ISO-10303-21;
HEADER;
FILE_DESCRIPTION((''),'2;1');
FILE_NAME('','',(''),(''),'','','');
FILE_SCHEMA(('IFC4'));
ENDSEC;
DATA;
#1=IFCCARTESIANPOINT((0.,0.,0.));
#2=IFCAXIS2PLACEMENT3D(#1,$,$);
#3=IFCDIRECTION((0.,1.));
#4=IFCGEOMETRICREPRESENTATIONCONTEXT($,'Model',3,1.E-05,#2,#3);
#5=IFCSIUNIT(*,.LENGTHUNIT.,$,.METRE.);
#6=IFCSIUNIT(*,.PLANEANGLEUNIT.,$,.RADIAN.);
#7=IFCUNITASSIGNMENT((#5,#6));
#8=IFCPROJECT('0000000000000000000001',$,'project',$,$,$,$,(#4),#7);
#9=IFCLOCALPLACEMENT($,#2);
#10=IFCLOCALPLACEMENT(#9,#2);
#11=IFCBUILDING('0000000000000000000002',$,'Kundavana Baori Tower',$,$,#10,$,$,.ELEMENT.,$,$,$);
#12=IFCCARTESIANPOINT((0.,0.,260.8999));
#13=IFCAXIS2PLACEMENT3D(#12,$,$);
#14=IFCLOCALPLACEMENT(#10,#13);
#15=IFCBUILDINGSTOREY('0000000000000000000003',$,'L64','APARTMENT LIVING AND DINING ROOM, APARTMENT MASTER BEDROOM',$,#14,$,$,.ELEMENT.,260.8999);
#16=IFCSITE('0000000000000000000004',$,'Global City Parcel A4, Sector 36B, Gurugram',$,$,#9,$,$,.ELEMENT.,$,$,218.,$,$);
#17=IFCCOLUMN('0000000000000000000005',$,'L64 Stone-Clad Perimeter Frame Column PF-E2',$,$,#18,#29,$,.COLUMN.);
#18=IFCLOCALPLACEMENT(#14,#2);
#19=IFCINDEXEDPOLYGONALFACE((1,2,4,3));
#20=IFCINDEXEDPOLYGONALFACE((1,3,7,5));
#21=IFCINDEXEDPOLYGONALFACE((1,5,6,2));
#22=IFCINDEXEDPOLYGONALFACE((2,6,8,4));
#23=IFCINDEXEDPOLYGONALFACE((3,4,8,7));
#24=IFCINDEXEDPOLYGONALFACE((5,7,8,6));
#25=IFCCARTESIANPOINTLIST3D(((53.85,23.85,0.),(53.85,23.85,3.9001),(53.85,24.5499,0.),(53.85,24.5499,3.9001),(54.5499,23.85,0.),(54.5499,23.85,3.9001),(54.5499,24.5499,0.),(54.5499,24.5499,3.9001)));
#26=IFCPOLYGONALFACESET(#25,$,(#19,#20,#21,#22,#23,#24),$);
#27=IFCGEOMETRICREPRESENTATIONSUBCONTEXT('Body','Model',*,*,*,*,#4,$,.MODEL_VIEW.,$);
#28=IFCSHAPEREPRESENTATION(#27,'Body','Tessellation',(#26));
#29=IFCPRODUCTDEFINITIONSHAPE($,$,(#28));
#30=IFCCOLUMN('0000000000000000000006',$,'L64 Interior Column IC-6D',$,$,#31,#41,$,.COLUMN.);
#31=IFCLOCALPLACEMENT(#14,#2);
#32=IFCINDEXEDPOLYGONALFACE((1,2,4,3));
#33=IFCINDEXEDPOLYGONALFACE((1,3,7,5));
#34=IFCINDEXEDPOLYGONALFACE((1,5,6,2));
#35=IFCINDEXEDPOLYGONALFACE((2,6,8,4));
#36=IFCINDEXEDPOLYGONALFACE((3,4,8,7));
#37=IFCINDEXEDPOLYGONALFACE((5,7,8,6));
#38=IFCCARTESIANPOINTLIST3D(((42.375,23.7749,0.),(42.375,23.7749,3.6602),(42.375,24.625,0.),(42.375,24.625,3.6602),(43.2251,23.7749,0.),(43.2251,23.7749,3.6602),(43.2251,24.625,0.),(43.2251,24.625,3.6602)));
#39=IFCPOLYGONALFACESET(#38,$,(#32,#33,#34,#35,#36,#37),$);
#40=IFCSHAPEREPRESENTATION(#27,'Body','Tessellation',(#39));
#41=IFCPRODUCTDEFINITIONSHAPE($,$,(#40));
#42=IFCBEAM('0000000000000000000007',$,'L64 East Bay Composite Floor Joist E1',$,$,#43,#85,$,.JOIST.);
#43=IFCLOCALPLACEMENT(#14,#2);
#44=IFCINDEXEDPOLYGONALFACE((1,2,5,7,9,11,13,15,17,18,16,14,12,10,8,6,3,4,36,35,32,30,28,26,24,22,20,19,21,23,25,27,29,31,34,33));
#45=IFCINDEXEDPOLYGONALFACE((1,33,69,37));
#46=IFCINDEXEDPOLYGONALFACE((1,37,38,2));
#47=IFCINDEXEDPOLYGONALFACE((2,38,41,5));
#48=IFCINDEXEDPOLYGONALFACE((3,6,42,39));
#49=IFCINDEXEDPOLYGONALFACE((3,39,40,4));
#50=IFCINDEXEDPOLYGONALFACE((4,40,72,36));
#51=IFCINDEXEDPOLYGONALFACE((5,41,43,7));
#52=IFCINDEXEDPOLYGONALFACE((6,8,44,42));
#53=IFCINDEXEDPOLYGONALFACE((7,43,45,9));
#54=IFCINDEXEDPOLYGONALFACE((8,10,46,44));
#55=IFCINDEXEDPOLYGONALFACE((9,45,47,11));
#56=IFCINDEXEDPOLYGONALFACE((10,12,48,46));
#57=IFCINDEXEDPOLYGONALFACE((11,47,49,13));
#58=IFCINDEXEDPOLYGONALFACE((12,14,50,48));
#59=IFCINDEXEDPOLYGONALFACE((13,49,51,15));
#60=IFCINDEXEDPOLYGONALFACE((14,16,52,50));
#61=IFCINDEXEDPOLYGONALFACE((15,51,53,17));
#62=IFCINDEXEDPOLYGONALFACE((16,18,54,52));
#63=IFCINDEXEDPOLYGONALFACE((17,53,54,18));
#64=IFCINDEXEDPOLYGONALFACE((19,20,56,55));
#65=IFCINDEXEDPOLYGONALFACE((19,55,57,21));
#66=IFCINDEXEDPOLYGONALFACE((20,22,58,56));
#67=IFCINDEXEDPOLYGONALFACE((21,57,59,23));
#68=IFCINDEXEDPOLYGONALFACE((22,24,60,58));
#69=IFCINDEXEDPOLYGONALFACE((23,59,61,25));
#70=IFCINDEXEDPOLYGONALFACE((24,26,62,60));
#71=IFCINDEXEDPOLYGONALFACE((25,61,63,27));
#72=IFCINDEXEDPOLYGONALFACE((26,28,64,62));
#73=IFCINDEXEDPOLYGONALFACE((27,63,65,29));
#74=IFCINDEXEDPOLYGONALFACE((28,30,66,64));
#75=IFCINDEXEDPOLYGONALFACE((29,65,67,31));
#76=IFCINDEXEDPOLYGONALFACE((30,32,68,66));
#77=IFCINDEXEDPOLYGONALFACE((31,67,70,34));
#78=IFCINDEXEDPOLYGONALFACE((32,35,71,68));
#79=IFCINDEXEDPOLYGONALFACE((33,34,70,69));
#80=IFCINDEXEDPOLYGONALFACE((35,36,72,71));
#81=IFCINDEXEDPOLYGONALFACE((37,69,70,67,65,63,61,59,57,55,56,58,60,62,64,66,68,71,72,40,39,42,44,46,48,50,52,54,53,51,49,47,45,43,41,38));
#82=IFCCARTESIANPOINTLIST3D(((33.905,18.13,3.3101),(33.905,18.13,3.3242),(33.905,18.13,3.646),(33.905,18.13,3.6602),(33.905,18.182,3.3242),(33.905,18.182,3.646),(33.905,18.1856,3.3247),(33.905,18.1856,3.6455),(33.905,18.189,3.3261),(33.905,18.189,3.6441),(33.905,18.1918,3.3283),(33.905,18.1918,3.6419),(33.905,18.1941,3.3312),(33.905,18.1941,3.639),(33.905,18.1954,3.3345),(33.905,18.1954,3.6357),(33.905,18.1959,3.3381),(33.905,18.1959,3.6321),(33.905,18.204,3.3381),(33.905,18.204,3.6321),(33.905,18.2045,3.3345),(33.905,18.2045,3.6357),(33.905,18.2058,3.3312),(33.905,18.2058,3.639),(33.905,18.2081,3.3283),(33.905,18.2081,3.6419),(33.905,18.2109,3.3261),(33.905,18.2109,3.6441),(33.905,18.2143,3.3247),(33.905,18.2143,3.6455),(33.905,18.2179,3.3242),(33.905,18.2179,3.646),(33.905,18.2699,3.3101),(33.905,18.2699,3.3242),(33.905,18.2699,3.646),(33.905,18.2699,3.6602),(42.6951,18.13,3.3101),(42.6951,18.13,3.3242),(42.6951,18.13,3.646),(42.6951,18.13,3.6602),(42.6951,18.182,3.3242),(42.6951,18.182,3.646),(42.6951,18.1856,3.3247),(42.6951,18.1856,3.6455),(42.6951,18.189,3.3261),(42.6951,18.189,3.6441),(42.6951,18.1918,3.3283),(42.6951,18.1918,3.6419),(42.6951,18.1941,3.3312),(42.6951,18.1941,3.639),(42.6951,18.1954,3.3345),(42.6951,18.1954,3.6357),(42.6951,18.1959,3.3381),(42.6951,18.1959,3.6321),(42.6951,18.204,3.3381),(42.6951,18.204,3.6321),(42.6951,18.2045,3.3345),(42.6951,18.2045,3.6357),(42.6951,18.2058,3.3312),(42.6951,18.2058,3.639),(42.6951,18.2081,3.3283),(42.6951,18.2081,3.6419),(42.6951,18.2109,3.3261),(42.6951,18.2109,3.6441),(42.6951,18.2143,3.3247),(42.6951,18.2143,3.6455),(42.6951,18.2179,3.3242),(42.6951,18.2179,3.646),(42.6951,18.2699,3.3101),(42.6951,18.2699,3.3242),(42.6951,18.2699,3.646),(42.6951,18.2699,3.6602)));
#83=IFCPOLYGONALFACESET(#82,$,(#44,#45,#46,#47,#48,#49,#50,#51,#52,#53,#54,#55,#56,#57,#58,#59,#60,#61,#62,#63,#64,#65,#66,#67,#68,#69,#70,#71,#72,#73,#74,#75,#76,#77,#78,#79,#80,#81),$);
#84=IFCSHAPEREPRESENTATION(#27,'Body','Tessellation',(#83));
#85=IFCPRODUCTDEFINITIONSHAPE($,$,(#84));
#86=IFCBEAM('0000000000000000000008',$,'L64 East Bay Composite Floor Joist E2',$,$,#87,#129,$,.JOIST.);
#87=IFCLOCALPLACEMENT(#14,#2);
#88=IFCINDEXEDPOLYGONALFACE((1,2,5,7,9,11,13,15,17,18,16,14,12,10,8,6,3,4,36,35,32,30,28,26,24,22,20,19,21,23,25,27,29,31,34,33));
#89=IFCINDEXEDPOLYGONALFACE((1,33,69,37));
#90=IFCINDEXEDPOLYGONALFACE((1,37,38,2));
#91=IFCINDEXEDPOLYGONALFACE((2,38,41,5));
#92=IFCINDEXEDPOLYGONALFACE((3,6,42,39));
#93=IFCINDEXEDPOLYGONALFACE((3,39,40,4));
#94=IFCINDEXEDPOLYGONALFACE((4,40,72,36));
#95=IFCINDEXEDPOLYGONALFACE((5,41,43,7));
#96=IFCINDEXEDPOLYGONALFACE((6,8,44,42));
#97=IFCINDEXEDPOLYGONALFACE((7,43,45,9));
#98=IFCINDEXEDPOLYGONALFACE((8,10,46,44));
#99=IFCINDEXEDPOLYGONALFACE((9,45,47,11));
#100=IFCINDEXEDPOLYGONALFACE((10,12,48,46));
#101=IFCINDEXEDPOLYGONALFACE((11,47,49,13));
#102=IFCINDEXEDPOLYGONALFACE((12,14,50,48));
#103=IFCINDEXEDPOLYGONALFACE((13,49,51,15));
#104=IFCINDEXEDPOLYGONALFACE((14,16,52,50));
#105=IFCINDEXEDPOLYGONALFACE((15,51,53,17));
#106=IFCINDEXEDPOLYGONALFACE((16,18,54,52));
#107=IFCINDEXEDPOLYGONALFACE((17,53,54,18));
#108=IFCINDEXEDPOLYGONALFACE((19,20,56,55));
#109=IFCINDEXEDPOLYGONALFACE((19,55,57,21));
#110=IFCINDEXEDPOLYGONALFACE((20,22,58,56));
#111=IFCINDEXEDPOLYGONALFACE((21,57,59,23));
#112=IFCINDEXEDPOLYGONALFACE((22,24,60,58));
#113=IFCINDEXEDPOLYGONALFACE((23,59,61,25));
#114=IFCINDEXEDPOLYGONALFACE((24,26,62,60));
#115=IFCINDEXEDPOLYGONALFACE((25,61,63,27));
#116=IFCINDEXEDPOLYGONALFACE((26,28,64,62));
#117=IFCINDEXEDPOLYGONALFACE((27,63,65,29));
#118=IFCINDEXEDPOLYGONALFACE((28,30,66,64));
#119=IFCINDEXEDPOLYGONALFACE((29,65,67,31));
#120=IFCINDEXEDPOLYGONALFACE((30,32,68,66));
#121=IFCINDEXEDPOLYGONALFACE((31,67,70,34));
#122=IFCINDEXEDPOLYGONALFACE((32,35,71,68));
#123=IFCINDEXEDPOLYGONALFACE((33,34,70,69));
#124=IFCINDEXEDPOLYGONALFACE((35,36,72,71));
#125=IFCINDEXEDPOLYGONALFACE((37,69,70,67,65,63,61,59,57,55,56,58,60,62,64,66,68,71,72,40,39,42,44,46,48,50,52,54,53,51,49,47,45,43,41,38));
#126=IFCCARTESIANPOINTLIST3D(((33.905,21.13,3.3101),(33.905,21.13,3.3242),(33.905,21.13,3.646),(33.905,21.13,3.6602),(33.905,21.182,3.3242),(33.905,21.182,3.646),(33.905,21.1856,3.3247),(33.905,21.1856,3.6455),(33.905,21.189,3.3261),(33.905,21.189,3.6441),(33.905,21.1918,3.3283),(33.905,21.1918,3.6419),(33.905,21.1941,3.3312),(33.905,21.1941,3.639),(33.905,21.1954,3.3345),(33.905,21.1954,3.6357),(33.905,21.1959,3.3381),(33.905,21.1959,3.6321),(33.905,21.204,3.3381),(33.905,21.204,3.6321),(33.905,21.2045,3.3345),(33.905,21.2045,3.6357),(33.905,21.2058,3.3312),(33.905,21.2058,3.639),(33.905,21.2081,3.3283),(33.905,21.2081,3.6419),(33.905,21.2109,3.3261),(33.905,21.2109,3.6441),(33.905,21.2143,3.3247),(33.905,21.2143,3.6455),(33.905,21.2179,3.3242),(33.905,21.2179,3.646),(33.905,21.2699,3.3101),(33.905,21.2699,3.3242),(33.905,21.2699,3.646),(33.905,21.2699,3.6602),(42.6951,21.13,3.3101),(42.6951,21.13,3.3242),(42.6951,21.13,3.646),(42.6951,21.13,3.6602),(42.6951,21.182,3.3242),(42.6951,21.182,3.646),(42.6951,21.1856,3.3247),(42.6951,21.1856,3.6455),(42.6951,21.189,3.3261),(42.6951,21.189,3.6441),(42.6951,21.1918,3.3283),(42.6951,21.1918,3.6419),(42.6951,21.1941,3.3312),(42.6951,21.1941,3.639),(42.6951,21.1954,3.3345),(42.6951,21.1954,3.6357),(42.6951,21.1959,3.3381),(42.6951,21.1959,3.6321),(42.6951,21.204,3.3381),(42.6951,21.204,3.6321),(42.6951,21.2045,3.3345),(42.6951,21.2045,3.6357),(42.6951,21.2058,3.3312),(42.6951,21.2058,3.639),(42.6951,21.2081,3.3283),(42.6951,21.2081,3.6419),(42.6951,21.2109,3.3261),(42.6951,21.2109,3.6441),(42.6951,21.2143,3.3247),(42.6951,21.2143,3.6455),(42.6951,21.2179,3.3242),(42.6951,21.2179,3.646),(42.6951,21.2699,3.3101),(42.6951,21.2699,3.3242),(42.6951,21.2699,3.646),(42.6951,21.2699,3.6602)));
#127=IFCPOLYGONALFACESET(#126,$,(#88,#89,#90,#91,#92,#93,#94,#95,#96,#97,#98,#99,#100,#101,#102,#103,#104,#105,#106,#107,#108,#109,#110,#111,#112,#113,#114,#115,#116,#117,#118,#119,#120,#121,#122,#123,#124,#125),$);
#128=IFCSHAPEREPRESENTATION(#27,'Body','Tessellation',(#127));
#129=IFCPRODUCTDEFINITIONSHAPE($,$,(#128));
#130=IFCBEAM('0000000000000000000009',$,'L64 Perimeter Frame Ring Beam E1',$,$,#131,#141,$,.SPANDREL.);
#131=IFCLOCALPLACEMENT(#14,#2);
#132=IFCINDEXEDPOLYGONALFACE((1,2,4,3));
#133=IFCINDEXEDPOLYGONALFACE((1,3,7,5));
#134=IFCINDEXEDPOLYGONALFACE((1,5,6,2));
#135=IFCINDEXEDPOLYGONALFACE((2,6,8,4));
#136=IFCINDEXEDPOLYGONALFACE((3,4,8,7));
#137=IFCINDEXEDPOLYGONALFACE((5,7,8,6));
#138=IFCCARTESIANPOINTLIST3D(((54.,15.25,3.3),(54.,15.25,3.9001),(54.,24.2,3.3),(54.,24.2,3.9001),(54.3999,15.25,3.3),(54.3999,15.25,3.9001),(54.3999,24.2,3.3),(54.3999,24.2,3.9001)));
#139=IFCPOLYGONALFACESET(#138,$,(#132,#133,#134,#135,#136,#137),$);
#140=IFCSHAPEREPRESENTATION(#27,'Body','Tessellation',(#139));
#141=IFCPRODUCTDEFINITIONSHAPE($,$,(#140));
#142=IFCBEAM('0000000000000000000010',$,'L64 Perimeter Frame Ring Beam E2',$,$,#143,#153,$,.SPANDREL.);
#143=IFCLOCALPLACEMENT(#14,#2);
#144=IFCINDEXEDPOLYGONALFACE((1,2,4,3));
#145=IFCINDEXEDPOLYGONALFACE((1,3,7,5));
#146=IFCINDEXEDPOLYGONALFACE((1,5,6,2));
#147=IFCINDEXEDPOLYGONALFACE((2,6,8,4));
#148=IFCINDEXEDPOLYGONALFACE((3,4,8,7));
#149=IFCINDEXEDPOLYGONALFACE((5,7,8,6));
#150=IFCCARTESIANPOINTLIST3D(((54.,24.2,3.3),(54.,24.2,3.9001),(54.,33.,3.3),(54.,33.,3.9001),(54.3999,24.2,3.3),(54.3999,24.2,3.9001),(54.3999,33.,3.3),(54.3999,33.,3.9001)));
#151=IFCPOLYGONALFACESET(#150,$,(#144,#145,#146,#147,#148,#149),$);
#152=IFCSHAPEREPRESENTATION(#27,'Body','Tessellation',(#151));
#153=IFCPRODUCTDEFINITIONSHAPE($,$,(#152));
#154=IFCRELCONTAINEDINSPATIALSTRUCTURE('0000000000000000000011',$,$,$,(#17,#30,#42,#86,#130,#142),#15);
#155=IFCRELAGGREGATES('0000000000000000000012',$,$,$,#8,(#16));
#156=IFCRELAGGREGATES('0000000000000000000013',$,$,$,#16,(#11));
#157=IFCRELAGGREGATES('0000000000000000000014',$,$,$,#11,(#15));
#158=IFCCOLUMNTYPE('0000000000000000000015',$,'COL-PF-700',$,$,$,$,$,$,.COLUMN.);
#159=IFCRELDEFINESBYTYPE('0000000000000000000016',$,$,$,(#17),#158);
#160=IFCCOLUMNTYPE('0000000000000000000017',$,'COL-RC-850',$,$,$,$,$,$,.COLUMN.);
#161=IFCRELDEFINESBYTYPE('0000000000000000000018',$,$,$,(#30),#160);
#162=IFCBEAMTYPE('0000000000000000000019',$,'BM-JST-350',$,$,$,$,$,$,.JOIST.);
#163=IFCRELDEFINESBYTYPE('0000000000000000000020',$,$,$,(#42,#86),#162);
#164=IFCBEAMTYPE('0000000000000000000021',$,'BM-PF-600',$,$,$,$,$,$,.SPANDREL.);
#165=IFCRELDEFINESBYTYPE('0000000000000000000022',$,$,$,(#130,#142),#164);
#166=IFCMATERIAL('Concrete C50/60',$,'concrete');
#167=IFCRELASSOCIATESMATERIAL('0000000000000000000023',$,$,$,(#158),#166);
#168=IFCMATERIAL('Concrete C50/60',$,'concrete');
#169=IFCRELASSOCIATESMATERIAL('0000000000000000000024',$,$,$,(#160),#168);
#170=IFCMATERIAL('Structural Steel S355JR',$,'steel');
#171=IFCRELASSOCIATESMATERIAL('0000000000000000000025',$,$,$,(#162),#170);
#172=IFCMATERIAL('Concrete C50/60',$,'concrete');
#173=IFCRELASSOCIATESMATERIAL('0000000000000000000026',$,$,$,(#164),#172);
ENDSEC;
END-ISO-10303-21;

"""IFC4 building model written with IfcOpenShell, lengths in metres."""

from ifc_helpers import new_model, si_unit, direction, frame, origin, origin_2d, place, context, subcontext, project, spatial, rectangle, i_section, extrude, material, material_profile, profile_set, type_object, element, save


model = new_model("IFC4")

# Units and contexts
model_context = context("Model", 3, precision=1e-05, world=origin(), true_north=direction((0.0, 1.0)))
body_context = subcontext(model_context, "Body", "Model", "MODEL_VIEW")
ifc_project = project(units=[si_unit("LENGTHUNIT", "METRE"), si_unit("PLANEANGLEUNIT", "RADIAN")], contexts=[model_context])

# Site, building, storey
site_placement = place(None, origin())
site = spatial("IfcSite", under=ifc_project, at=site_placement, Name="Global City Parcel A4, Sector 36B, Gurugram", CompositionType="ELEMENT", RefElevation=218.0)
building_placement = place(site_placement, origin())
building = spatial("IfcBuilding", under=site, at=building_placement, Name="Kundavana Baori Tower", CompositionType="ELEMENT")
storey_placement = place(building_placement, frame((0.0, 0.0, 260.8999)))
storey = spatial("IfcBuildingStorey", under=building, at=storey_placement, Name="L64", Description="APARTMENT LIVING AND DINING ROOM, APARTMENT MASTER BEDROOM", CompositionType="ELEMENT", Elevation=260.8999)

# Columns
ifc_material_1 = material(Name="Concrete C50/60", Category="concrete")
ifc_material_profile_1 = material_profile(ifc_material_1, rectangle(XDim=0.7, YDim=0.7, at=origin_2d()), Name="RC PF 700x700")
ifc_profile_set_1 = profile_set([ifc_material_profile_1], Name="Concrete C50/60")
column_type_1 = type_object("IfcColumnType", Name="COL-PF-700", PredefinedType="COLUMN", material=ifc_profile_set_1)
column_1_placement = place(storey_placement, frame((54.2, 24.2, 0.0), z_axis=(0.0, 0.0, 1.0), x_axis=(1.0, 0.0, 0.0)))
element("IfcColumn", 1, at=column_1_placement, inside=storey, type_object=column_type_1, Name="L64 Stone-Clad Perimeter Frame Column PF-E2", PredefinedType="COLUMN", context=body_context, shape_type="SweptSolid", body=[
    extrude(rectangle(XDim=0.7, YDim=0.7, at=origin_2d()), origin(), (0.0, 0.0, 1.0), 3.9001),
])
ifc_material_2 = material(Name="Concrete C50/60", Category="concrete")
ifc_material_profile_2 = material_profile(ifc_material_2, rectangle(XDim=0.8501, YDim=0.8501, at=origin_2d()), Name="RC 850x850")
ifc_profile_set_2 = profile_set([ifc_material_profile_2], Name="Concrete C50/60")
column_type_2 = type_object("IfcColumnType", Name="COL-RC-850", PredefinedType="COLUMN", material=ifc_profile_set_2)
column_2_placement = place(storey_placement, frame((42.8, 24.2, 0.0), z_axis=(0.0, 0.0, 1.0), x_axis=(1.0, 0.0, 0.0)))
element("IfcColumn", 2, at=column_2_placement, inside=storey, type_object=column_type_2, Name="L64 Interior Column IC-6D", PredefinedType="COLUMN", context=body_context, shape_type="SweptSolid", body=[
    extrude(rectangle(XDim=0.8501, YDim=0.8501, at=origin_2d()), origin(), (0.0, 0.0, 1.0), 3.6602),
])

# Beams
ifc_material_3 = material(Name="Structural Steel S355JR", Category="steel")
ifc_material_profile_3 = material_profile(ifc_material_3, i_section(OverallWidth=0.1399, OverallDepth=0.3501, WebThickness=0.0081, FlangeThickness=0.0142, FilletRadius=0.0139, at=origin_2d()), Name="ISMB 350")
ifc_profile_set_3 = profile_set([ifc_material_profile_3], Name="Structural Steel S355JR")
beam_type_1 = type_object("IfcBeamType", Name="BM-JST-350", PredefinedType="JOIST", material=ifc_profile_set_3)
for number, where, z_axis, x_axis, name in (
    (3, (33.905, 18.2, 3.4851), (1.0, 0.0, 0.0), (0.0, 1.0, 0.0), "L64 East Bay Composite Floor Joist E1"),
    (4, (33.905, 21.2, 3.4851), (1.0, 0.0, 0.0), (0.0, 1.0, 0.0), "L64 East Bay Composite Floor Joist E2"),
):
    element("IfcBeam", number, at=place(storey_placement, frame(where, z_axis=z_axis, x_axis=x_axis)), inside=storey, type_object=beam_type_1, Name=name, PredefinedType="JOIST", context=body_context, shape_type="SweptSolid", body=[
        extrude(i_section(OverallWidth=0.1399, OverallDepth=0.3501, WebThickness=0.0081, FlangeThickness=0.0142, FilletRadius=0.0139, at=origin_2d()), origin(), (0.0, 0.0, 1.0), 8.79),
    ])
ifc_material_4 = material(Name="Concrete C50/60", Category="concrete")
ifc_material_profile_4 = material_profile(ifc_material_4, rectangle(XDim=0.3999, YDim=0.6001, at=origin_2d()), Name="RC BM 400x600")
ifc_profile_set_4 = profile_set([ifc_material_profile_4], Name="Concrete C50/60")
beam_type_2 = type_object("IfcBeamType", Name="BM-PF-600", PredefinedType="SPANDREL", material=ifc_profile_set_4)
beam_1_placement = place(storey_placement, frame((54.2, 15.25, 3.6001), z_axis=(0.0, 1.0, 0.0), x_axis=(-1.0, 0.0, 0.0)))
element("IfcBeam", 5, at=beam_1_placement, inside=storey, type_object=beam_type_2, Name="L64 Perimeter Frame Ring Beam E1", PredefinedType="SPANDREL", context=body_context, shape_type="SweptSolid", body=[
    extrude(rectangle(XDim=0.3999, YDim=0.6001, at=origin_2d()), origin(), (0.0, 0.0, 1.0), 8.95),
])
beam_2_placement = place(storey_placement, frame((54.2, 24.2, 3.6001), z_axis=(0.0, 1.0, 0.0), x_axis=(-1.0, 0.0, 0.0)))
element("IfcBeam", 6, at=beam_2_placement, inside=storey, type_object=beam_type_2, Name="L64 Perimeter Frame Ring Beam E2", PredefinedType="SPANDREL", context=body_context, shape_type="SweptSolid", body=[
    extrude(rectangle(XDim=0.3999, YDim=0.6001, at=origin_2d()), origin(), (0.0, 0.0, 1.0), 8.8),
])

save(model, "model.ifc")
